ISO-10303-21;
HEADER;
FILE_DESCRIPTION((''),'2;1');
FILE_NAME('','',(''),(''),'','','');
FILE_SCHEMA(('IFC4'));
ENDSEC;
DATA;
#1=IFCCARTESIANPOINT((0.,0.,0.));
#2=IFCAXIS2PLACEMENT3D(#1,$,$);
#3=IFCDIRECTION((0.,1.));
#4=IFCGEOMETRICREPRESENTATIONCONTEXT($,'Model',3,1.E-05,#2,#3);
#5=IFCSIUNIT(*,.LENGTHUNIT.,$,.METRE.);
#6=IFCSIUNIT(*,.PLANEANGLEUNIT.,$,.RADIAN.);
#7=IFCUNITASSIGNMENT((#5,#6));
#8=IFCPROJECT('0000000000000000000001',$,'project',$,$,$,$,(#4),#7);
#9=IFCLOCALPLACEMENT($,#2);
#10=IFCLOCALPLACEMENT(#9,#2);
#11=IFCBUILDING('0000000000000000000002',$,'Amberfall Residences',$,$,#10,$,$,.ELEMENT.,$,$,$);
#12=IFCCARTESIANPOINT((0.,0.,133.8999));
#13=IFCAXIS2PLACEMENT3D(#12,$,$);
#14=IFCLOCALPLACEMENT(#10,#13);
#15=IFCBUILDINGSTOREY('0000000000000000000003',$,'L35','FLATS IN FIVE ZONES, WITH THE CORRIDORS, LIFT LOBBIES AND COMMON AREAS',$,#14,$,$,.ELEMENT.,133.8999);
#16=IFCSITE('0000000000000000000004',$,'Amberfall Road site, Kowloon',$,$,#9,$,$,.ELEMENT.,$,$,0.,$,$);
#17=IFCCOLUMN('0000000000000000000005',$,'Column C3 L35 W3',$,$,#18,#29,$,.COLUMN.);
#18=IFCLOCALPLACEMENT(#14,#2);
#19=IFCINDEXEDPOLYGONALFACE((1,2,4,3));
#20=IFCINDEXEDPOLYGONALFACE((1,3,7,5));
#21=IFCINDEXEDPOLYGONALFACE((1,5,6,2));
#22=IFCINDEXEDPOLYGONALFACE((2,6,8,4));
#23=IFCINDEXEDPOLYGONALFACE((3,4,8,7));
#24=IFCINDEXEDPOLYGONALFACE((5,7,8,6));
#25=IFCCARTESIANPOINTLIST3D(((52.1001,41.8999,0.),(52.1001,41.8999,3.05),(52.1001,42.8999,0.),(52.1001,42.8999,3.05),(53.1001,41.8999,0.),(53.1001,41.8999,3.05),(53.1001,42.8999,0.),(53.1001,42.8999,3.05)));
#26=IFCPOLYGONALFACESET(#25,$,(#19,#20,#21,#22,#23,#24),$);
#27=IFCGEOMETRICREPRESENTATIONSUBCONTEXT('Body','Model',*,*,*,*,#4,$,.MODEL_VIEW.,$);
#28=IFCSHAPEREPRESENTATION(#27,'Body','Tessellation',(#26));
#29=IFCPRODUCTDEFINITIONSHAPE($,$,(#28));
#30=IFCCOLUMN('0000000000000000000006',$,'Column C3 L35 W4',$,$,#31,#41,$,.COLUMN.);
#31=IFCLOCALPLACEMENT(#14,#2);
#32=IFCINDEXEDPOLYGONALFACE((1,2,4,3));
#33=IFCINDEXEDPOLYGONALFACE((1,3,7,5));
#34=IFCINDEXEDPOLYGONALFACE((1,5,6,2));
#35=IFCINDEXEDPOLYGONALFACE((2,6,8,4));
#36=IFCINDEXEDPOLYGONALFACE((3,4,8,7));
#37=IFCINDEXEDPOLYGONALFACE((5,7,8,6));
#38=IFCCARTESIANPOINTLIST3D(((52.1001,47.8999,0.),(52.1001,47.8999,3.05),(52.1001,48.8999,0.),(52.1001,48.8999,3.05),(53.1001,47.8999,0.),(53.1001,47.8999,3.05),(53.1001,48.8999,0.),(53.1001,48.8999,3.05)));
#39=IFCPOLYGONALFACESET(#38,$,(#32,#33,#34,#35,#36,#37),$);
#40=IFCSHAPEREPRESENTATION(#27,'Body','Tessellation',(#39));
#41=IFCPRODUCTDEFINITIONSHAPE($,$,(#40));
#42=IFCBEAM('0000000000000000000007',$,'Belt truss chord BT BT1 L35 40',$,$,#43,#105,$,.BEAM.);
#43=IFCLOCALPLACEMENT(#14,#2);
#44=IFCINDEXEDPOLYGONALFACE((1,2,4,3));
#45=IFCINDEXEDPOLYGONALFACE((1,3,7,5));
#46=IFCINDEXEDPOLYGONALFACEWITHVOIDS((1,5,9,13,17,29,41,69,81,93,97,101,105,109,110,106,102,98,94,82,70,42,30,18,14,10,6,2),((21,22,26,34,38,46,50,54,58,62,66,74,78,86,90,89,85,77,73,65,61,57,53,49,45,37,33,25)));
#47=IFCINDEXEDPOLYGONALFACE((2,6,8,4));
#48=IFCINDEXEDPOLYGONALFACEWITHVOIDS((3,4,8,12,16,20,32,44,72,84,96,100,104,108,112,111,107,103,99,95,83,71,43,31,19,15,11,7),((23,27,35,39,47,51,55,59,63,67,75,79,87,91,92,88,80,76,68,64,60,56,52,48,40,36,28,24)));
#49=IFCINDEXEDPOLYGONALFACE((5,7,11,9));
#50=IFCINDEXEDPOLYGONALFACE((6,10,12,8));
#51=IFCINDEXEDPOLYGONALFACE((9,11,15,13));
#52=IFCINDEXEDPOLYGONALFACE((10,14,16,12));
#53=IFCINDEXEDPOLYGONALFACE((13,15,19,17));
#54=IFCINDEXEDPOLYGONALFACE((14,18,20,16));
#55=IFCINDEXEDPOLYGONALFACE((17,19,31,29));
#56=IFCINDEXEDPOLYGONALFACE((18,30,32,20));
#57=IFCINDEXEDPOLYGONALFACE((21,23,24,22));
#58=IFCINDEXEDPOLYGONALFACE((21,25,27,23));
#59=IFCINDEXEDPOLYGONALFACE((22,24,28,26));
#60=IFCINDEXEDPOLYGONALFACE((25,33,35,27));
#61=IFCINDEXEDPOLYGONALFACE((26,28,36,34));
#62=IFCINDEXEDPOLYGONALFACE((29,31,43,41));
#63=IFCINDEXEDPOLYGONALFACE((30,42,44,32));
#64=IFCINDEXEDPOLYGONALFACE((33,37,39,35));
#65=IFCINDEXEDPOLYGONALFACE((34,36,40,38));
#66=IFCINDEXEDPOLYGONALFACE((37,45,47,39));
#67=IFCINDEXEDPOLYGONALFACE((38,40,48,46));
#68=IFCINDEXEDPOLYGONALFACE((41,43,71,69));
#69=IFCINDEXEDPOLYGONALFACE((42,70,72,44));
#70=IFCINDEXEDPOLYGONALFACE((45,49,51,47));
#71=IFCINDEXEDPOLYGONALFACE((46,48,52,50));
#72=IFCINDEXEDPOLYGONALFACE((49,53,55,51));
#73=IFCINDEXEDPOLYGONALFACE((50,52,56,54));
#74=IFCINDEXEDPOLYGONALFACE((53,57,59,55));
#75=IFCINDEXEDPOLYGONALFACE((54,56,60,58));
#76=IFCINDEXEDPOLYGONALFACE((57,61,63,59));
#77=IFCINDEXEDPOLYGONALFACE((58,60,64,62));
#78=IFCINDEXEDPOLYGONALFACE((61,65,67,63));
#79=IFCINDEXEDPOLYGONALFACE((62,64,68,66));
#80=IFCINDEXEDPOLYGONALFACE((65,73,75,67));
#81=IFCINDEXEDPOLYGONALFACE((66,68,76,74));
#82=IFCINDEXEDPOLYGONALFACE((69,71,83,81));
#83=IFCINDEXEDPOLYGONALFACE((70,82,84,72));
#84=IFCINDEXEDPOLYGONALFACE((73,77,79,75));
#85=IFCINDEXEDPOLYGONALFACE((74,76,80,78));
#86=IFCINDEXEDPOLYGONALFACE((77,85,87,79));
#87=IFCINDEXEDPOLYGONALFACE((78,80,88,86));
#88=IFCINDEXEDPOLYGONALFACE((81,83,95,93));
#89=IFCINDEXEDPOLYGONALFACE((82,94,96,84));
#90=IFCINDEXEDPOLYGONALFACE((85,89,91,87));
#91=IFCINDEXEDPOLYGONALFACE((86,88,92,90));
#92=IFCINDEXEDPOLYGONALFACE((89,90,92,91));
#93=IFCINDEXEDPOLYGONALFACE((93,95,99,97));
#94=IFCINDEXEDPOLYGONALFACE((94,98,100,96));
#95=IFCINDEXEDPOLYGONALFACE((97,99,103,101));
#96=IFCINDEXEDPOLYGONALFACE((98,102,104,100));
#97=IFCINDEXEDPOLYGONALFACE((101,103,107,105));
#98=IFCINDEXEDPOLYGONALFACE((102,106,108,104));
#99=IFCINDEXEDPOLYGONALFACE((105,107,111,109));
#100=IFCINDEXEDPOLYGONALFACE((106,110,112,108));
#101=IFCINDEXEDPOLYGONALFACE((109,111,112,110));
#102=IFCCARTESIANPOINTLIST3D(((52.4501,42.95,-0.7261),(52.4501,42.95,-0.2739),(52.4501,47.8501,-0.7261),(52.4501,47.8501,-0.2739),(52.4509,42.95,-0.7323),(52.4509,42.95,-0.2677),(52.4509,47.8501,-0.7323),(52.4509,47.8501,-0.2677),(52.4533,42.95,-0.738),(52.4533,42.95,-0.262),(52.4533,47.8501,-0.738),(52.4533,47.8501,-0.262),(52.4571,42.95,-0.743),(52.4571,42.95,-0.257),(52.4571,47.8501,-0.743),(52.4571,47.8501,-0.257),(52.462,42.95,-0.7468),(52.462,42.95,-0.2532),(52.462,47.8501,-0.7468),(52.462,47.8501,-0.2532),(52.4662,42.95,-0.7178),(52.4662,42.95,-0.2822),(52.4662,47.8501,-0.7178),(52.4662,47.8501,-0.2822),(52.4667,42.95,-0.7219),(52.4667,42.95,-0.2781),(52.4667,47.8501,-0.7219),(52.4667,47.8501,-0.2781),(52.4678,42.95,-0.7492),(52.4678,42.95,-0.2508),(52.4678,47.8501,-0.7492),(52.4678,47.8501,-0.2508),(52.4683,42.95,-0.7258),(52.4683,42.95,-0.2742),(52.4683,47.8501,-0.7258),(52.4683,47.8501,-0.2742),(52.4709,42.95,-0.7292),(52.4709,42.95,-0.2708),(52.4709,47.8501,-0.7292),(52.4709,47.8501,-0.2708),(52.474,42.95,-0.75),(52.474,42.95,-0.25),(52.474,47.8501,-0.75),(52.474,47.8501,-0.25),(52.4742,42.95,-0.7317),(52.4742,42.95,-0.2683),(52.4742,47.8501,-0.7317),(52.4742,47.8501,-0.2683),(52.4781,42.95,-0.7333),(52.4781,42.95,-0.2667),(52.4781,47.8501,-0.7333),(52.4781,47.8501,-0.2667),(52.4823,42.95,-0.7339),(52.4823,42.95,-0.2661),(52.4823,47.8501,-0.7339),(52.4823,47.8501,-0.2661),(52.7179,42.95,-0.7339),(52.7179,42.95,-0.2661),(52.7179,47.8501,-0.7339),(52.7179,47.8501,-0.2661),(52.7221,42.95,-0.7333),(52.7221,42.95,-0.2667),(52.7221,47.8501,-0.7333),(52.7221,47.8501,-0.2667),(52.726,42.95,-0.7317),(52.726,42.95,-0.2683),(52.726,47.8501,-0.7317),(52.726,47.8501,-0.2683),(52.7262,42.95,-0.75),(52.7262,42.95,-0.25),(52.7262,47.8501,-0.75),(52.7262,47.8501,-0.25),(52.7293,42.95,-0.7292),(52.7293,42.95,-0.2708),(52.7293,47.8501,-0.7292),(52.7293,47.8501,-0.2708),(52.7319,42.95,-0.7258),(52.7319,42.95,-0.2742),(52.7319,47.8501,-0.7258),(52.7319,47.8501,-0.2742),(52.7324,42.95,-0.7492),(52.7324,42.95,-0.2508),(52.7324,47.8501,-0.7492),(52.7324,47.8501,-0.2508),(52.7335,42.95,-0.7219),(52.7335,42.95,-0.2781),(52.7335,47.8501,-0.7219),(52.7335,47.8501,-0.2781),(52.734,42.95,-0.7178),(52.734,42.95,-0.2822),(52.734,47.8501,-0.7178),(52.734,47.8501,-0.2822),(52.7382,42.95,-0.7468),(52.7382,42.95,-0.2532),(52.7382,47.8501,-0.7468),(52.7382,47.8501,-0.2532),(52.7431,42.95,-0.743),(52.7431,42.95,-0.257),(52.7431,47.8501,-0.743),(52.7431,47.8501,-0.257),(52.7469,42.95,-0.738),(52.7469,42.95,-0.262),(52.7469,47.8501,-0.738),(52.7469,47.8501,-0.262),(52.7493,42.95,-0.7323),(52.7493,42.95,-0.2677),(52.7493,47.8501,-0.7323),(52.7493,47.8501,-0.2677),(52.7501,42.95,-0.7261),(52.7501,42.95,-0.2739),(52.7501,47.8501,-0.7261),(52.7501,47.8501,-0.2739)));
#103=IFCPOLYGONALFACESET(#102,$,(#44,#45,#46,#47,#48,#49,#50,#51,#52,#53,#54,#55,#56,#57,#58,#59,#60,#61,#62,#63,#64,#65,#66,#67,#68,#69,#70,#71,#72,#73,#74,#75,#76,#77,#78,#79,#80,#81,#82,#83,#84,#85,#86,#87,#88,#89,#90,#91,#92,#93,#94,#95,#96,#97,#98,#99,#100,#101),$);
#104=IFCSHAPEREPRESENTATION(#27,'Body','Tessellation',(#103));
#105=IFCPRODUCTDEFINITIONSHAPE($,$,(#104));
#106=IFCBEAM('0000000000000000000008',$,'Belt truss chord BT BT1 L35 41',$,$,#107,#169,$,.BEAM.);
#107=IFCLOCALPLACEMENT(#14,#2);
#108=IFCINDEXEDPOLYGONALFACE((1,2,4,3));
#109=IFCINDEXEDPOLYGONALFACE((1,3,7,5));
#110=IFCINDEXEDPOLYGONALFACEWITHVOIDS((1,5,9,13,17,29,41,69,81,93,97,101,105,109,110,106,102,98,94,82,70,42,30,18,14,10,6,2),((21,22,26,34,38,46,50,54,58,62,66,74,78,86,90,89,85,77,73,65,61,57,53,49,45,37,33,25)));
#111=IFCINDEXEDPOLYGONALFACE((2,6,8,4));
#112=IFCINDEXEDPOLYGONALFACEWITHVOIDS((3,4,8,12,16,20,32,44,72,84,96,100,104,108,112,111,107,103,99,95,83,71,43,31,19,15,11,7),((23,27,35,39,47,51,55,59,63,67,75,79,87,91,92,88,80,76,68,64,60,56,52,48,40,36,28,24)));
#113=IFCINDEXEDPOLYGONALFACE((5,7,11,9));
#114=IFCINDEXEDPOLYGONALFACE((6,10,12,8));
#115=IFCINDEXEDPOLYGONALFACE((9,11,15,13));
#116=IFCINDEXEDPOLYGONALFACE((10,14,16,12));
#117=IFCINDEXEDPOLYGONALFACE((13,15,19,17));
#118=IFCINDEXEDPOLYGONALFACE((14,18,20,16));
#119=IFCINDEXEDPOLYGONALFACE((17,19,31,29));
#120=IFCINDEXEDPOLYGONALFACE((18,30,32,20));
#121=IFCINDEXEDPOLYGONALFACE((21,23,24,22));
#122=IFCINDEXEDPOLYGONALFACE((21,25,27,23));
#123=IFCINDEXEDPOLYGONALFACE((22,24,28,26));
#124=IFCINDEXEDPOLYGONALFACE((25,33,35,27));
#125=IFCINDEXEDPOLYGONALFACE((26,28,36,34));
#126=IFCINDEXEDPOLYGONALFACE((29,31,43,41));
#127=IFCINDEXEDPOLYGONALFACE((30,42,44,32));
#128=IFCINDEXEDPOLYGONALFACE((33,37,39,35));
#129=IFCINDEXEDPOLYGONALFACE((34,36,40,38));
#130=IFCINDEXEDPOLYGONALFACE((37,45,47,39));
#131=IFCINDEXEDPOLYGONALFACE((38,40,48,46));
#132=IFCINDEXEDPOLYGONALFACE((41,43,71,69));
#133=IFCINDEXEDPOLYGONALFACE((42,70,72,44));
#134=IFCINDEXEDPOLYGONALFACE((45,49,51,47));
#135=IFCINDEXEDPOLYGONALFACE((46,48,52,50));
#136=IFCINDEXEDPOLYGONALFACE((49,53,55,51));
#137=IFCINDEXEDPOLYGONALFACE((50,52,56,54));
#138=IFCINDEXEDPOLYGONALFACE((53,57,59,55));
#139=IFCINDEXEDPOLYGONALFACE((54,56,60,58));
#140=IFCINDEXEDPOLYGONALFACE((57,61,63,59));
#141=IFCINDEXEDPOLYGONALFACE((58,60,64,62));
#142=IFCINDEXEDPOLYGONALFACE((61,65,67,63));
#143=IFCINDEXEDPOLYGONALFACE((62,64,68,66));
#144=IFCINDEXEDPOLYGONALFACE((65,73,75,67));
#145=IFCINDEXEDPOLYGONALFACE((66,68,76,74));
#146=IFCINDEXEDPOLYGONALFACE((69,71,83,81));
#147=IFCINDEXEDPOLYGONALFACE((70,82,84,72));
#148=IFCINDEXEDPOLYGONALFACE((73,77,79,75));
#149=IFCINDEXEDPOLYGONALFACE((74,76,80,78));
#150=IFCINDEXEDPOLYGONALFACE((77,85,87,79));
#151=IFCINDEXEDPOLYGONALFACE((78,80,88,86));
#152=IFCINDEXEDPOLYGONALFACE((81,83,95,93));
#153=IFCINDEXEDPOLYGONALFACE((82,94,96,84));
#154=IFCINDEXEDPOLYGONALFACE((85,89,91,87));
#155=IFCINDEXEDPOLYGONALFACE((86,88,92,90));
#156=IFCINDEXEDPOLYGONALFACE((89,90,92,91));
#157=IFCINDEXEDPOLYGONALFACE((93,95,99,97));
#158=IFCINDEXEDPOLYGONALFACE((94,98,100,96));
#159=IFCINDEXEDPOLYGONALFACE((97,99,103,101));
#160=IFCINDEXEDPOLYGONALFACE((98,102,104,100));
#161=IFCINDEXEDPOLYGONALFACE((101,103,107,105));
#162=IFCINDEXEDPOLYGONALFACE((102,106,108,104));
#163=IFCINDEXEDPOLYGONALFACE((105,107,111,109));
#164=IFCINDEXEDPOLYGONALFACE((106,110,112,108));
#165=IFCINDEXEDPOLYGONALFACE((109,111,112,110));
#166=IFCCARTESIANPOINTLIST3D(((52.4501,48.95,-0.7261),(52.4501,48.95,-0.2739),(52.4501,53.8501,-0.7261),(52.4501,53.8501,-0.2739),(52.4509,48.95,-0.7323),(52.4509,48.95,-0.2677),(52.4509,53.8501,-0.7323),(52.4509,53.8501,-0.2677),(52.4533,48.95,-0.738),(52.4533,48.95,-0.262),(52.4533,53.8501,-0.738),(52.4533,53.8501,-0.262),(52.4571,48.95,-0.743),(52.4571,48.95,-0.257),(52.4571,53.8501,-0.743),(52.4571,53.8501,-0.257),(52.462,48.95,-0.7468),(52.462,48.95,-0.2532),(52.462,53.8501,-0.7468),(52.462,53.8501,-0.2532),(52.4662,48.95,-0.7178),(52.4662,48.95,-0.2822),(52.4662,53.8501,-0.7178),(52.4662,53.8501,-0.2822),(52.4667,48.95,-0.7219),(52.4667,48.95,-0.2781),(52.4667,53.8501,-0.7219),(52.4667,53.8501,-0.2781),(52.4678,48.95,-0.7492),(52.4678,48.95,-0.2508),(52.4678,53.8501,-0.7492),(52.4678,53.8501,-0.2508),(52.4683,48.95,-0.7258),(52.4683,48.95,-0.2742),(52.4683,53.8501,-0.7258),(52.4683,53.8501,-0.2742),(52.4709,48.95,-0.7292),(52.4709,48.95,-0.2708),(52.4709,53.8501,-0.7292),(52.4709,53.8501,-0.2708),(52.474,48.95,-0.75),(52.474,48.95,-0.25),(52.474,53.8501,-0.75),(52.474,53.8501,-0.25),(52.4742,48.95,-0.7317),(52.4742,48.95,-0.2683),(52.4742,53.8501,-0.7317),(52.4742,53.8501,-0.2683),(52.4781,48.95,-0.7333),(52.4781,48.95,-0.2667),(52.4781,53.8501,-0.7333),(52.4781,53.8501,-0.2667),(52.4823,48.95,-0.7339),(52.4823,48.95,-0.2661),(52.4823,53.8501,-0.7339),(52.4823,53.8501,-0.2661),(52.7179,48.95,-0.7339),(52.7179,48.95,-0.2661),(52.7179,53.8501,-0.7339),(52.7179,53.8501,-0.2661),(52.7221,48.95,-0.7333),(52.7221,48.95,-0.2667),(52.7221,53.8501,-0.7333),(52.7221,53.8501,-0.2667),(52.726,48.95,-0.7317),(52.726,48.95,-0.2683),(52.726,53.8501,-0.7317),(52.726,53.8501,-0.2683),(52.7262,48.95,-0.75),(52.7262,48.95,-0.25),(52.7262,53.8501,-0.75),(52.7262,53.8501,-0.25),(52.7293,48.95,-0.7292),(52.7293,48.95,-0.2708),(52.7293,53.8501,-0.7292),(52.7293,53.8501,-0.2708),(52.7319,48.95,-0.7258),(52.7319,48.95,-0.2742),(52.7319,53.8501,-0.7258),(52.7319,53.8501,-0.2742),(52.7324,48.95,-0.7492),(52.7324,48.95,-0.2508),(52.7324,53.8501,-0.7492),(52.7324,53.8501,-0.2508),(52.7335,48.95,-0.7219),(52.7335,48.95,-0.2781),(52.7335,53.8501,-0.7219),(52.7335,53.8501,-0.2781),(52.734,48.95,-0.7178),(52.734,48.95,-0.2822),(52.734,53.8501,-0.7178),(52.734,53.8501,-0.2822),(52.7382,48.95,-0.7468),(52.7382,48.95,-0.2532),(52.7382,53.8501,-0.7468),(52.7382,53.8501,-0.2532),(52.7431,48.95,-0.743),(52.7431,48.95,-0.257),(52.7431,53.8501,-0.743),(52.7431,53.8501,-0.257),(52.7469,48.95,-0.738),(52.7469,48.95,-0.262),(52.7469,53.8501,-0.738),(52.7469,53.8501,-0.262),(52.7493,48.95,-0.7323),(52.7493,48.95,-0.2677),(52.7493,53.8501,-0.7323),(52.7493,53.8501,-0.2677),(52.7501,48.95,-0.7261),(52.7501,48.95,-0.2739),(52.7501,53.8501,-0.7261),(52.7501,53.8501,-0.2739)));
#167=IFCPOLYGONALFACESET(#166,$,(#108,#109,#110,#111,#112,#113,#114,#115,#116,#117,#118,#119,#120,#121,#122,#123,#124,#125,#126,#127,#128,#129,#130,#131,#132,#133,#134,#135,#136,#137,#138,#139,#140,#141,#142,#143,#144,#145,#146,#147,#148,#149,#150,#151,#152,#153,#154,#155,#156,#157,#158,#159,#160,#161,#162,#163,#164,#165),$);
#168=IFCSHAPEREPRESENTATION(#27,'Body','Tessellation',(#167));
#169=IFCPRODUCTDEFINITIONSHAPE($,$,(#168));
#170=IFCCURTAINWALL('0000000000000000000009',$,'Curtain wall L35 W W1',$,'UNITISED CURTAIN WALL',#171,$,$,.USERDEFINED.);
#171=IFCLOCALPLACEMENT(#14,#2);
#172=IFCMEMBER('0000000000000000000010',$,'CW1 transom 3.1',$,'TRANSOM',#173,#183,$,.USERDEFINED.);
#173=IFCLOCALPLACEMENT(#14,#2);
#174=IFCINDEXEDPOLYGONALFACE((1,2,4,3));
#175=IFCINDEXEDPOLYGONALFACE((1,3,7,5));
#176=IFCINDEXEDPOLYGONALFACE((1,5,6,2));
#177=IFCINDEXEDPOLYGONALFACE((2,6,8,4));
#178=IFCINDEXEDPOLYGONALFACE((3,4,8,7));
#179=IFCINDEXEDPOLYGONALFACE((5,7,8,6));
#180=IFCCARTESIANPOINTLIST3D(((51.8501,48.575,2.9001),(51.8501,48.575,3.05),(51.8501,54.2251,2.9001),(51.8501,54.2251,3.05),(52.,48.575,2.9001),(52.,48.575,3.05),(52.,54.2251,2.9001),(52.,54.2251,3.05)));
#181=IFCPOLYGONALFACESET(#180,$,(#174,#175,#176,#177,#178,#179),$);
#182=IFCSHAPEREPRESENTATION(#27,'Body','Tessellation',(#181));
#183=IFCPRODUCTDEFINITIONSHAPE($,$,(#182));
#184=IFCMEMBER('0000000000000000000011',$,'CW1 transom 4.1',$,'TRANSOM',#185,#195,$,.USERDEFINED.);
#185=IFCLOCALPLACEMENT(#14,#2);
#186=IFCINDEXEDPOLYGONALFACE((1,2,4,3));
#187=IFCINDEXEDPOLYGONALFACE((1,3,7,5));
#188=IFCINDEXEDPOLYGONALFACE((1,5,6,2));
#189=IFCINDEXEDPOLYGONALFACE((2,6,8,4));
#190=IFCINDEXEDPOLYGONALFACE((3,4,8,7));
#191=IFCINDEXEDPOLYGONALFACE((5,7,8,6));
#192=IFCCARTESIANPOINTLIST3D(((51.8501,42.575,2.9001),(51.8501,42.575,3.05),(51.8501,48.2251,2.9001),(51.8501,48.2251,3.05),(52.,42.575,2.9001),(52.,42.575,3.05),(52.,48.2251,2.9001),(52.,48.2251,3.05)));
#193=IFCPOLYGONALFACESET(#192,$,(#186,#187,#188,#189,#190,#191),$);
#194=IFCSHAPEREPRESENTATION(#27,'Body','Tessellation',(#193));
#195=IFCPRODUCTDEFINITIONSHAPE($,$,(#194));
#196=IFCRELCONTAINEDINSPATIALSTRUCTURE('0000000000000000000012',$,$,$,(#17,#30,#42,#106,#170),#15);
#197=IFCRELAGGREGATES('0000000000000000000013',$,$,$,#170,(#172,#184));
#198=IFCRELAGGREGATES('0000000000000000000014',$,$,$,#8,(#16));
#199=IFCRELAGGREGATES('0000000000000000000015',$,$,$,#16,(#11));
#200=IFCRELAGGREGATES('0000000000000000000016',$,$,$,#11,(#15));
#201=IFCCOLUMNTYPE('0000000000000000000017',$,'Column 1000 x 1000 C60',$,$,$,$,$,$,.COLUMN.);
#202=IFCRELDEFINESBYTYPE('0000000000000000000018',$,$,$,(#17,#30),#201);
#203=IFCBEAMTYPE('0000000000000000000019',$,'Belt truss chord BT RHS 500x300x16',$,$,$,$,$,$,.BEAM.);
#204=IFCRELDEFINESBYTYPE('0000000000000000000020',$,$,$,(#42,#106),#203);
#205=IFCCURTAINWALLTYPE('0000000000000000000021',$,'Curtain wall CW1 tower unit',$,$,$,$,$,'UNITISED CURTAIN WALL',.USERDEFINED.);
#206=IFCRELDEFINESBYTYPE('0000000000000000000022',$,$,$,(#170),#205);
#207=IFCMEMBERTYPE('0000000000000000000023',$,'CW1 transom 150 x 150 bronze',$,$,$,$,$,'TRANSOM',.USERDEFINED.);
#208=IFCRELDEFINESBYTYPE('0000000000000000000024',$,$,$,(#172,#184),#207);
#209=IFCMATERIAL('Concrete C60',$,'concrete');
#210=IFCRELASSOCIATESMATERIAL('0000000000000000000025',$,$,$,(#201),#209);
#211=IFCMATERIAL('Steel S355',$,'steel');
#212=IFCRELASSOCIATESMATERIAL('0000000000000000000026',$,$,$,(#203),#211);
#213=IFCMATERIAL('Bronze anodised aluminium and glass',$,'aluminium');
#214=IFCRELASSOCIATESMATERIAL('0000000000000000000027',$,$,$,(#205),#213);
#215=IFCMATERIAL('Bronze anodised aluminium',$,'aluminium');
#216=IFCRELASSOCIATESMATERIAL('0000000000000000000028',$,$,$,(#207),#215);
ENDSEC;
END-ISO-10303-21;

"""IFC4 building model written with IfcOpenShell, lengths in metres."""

from ifc_helpers import new_model, si_unit, direction, frame, origin, origin_2d, place, context, subcontext, project, spatial, rectangle, hollow_rectangle, extrude, material, material_profile, profile_set, type_object, element, aggregate, save


model = new_model("IFC4")

# Units and contexts
model_context = context("Model", 3, precision=1e-05, world=origin(), true_north=direction((0.0, 1.0)))
body_context = subcontext(model_context, "Body", "Model", "MODEL_VIEW")
ifc_project = project(units=[si_unit("LENGTHUNIT", "METRE"), si_unit("PLANEANGLEUNIT", "RADIAN")], contexts=[model_context])

# Site, building, storey
site_placement = place(None, origin())
site = spatial("IfcSite", under=ifc_project, at=site_placement, Name="Amberfall Road site, Kowloon", CompositionType="ELEMENT", RefElevation=0.0)
building_placement = place(site_placement, origin())
building = spatial("IfcBuilding", under=site, at=building_placement, Name="Amberfall Residences", CompositionType="ELEMENT")
storey_placement = place(building_placement, frame((0.0, 0.0, 133.8999)))
storey = spatial("IfcBuildingStorey", under=building, at=storey_placement, Name="L35", Description="FLATS IN FIVE ZONES, WITH THE CORRIDORS, LIFT LOBBIES AND COMMON AREAS", CompositionType="ELEMENT", Elevation=133.8999)

# Columns
ifc_material_1 = material(Name="Concrete C60", Category="concrete")
ifc_material_profile_1 = material_profile(ifc_material_1, rectangle(XDim=1.0, YDim=1.0, at=origin_2d()), Name="Column 1000 x 1000 C60")
ifc_profile_set_1 = profile_set([ifc_material_profile_1], Name="Concrete C60")
column_type = type_object("IfcColumnType", Name="Column 1000 x 1000 C60", PredefinedType="COLUMN", material=ifc_profile_set_1)
for number, where, z_axis, x_axis, name in (
    (1, (52.6001, 42.3999, 0.0), (0.0, 0.0, 1.0), (1.0, 0.0, 0.0), "Column C3 L35 W3"),
    (2, (52.6001, 48.3999, 0.0), (0.0, 0.0, 1.0), (1.0, 0.0, 0.0), "Column C3 L35 W4"),
):
    element("IfcColumn", number, at=place(storey_placement, frame(where, z_axis=z_axis, x_axis=x_axis)), inside=storey, type_object=column_type, Name=name, PredefinedType="COLUMN", context=body_context, shape_type="SweptSolid", body=[
        extrude(rectangle(XDim=1.0, YDim=1.0, at=origin_2d()), origin(), (0.0, 0.0, 1.0), 3.05),
    ])

# Beams
ifc_material_2 = material(Name="Steel S355", Category="steel")
ifc_material_profile_2 = material_profile(ifc_material_2, hollow_rectangle(XDim=0.3, YDim=0.5, WallThickness=0.0161, InnerFilletRadius=0.0161, OuterFilletRadius=0.0239, at=origin_2d()), Name="RHS 500x300x16")
ifc_profile_set_2 = profile_set([ifc_material_profile_2], Name="Steel S355")
beam_type_1 = type_object("IfcBeamType", Name="Belt truss chord BT RHS 500x300x16", PredefinedType="BEAM", material=ifc_profile_set_2)
for number, where, z_axis, x_axis, name in (
    (3, (52.6001, 42.95, -0.5), (0.0, 1.0, 0.0), (-1.0, 0.0, 0.0), "Belt truss chord BT BT1 L35 40"),
    (4, (52.6001, 48.95, -0.5), (0.0, 1.0, 0.0), (-1.0, 0.0, 0.0), "Belt truss chord BT BT1 L35 41"),
):
    element("IfcBeam", number, at=place(storey_placement, frame(where, z_axis=z_axis, x_axis=x_axis)), inside=storey, type_object=beam_type_1, Name=name, PredefinedType="BEAM", context=body_context, shape_type="SweptSolid", body=[
        extrude(hollow_rectangle(XDim=0.3, YDim=0.5, WallThickness=0.0161, InnerFilletRadius=0.0161, OuterFilletRadius=0.0239, at=origin_2d()), origin(), (0.0, 0.0, 1.0), 4.9001),
    ])

# Curtain wall, members
ifc_material_3 = material(Name="Bronze anodised aluminium and glass", Category="aluminium")
curtain_wall_type = type_object("IfcCurtainWallType", Name="Curtain wall CW1 tower unit", ElementType="UNITISED CURTAIN WALL", PredefinedType="USERDEFINED", material=ifc_material_3)
curtain_wall_placement = place(storey_placement, origin())
curtain_wall = element("IfcCurtainWall", 5, at=curtain_wall_placement, inside=storey, type_object=curtain_wall_type, Name="Curtain wall L35 W W1", ObjectType="UNITISED CURTAIN WALL", PredefinedType="USERDEFINED")
ifc_material_4 = material(Name="Bronze anodised aluminium", Category="aluminium")
ifc_material_profile_3 = material_profile(ifc_material_4, rectangle(XDim=0.1499, YDim=0.1499, at=origin_2d()), Name="CW1 transom 150 x 150 bronze")
ifc_profile_set_3 = profile_set([ifc_material_profile_3], Name="Bronze anodised aluminium")
member_type_1 = type_object("IfcMemberType", Name="CW1 transom 150 x 150 bronze", ElementType="TRANSOM", PredefinedType="USERDEFINED", material=ifc_profile_set_3)
member_1_placement = place(storey_placement, frame((51.925, 54.2251, 2.9751), z_axis=(0.0, -1.0, 0.0), x_axis=(1.0, 0.0, 0.0)))
member_1 = element("IfcMember", 6, at=member_1_placement, type_object=member_type_1, Name="CW1 transom 3.1", ObjectType="TRANSOM", PredefinedType="USERDEFINED", context=body_context, shape_type="SweptSolid", body=[
    extrude(rectangle(XDim=0.1499, YDim=0.1499, at=origin_2d()), origin(), (0.0, 0.0, 1.0), 5.6501),
])
member_2_placement = place(storey_placement, frame((51.925, 48.2251, 2.9751), z_axis=(0.0, -1.0, 0.0), x_axis=(1.0, 0.0, 0.0)))
member_2 = element("IfcMember", 7, at=member_2_placement, type_object=member_type_1, Name="CW1 transom 4.1", ObjectType="TRANSOM", PredefinedType="USERDEFINED", context=body_context, shape_type="SweptSolid", body=[
    extrude(rectangle(XDim=0.1499, YDim=0.1499, at=origin_2d()), origin(), (0.0, 0.0, 1.0), 5.6501),
])

aggregate(curtain_wall, [member_1, member_2])

save(model, "model.ifc")
